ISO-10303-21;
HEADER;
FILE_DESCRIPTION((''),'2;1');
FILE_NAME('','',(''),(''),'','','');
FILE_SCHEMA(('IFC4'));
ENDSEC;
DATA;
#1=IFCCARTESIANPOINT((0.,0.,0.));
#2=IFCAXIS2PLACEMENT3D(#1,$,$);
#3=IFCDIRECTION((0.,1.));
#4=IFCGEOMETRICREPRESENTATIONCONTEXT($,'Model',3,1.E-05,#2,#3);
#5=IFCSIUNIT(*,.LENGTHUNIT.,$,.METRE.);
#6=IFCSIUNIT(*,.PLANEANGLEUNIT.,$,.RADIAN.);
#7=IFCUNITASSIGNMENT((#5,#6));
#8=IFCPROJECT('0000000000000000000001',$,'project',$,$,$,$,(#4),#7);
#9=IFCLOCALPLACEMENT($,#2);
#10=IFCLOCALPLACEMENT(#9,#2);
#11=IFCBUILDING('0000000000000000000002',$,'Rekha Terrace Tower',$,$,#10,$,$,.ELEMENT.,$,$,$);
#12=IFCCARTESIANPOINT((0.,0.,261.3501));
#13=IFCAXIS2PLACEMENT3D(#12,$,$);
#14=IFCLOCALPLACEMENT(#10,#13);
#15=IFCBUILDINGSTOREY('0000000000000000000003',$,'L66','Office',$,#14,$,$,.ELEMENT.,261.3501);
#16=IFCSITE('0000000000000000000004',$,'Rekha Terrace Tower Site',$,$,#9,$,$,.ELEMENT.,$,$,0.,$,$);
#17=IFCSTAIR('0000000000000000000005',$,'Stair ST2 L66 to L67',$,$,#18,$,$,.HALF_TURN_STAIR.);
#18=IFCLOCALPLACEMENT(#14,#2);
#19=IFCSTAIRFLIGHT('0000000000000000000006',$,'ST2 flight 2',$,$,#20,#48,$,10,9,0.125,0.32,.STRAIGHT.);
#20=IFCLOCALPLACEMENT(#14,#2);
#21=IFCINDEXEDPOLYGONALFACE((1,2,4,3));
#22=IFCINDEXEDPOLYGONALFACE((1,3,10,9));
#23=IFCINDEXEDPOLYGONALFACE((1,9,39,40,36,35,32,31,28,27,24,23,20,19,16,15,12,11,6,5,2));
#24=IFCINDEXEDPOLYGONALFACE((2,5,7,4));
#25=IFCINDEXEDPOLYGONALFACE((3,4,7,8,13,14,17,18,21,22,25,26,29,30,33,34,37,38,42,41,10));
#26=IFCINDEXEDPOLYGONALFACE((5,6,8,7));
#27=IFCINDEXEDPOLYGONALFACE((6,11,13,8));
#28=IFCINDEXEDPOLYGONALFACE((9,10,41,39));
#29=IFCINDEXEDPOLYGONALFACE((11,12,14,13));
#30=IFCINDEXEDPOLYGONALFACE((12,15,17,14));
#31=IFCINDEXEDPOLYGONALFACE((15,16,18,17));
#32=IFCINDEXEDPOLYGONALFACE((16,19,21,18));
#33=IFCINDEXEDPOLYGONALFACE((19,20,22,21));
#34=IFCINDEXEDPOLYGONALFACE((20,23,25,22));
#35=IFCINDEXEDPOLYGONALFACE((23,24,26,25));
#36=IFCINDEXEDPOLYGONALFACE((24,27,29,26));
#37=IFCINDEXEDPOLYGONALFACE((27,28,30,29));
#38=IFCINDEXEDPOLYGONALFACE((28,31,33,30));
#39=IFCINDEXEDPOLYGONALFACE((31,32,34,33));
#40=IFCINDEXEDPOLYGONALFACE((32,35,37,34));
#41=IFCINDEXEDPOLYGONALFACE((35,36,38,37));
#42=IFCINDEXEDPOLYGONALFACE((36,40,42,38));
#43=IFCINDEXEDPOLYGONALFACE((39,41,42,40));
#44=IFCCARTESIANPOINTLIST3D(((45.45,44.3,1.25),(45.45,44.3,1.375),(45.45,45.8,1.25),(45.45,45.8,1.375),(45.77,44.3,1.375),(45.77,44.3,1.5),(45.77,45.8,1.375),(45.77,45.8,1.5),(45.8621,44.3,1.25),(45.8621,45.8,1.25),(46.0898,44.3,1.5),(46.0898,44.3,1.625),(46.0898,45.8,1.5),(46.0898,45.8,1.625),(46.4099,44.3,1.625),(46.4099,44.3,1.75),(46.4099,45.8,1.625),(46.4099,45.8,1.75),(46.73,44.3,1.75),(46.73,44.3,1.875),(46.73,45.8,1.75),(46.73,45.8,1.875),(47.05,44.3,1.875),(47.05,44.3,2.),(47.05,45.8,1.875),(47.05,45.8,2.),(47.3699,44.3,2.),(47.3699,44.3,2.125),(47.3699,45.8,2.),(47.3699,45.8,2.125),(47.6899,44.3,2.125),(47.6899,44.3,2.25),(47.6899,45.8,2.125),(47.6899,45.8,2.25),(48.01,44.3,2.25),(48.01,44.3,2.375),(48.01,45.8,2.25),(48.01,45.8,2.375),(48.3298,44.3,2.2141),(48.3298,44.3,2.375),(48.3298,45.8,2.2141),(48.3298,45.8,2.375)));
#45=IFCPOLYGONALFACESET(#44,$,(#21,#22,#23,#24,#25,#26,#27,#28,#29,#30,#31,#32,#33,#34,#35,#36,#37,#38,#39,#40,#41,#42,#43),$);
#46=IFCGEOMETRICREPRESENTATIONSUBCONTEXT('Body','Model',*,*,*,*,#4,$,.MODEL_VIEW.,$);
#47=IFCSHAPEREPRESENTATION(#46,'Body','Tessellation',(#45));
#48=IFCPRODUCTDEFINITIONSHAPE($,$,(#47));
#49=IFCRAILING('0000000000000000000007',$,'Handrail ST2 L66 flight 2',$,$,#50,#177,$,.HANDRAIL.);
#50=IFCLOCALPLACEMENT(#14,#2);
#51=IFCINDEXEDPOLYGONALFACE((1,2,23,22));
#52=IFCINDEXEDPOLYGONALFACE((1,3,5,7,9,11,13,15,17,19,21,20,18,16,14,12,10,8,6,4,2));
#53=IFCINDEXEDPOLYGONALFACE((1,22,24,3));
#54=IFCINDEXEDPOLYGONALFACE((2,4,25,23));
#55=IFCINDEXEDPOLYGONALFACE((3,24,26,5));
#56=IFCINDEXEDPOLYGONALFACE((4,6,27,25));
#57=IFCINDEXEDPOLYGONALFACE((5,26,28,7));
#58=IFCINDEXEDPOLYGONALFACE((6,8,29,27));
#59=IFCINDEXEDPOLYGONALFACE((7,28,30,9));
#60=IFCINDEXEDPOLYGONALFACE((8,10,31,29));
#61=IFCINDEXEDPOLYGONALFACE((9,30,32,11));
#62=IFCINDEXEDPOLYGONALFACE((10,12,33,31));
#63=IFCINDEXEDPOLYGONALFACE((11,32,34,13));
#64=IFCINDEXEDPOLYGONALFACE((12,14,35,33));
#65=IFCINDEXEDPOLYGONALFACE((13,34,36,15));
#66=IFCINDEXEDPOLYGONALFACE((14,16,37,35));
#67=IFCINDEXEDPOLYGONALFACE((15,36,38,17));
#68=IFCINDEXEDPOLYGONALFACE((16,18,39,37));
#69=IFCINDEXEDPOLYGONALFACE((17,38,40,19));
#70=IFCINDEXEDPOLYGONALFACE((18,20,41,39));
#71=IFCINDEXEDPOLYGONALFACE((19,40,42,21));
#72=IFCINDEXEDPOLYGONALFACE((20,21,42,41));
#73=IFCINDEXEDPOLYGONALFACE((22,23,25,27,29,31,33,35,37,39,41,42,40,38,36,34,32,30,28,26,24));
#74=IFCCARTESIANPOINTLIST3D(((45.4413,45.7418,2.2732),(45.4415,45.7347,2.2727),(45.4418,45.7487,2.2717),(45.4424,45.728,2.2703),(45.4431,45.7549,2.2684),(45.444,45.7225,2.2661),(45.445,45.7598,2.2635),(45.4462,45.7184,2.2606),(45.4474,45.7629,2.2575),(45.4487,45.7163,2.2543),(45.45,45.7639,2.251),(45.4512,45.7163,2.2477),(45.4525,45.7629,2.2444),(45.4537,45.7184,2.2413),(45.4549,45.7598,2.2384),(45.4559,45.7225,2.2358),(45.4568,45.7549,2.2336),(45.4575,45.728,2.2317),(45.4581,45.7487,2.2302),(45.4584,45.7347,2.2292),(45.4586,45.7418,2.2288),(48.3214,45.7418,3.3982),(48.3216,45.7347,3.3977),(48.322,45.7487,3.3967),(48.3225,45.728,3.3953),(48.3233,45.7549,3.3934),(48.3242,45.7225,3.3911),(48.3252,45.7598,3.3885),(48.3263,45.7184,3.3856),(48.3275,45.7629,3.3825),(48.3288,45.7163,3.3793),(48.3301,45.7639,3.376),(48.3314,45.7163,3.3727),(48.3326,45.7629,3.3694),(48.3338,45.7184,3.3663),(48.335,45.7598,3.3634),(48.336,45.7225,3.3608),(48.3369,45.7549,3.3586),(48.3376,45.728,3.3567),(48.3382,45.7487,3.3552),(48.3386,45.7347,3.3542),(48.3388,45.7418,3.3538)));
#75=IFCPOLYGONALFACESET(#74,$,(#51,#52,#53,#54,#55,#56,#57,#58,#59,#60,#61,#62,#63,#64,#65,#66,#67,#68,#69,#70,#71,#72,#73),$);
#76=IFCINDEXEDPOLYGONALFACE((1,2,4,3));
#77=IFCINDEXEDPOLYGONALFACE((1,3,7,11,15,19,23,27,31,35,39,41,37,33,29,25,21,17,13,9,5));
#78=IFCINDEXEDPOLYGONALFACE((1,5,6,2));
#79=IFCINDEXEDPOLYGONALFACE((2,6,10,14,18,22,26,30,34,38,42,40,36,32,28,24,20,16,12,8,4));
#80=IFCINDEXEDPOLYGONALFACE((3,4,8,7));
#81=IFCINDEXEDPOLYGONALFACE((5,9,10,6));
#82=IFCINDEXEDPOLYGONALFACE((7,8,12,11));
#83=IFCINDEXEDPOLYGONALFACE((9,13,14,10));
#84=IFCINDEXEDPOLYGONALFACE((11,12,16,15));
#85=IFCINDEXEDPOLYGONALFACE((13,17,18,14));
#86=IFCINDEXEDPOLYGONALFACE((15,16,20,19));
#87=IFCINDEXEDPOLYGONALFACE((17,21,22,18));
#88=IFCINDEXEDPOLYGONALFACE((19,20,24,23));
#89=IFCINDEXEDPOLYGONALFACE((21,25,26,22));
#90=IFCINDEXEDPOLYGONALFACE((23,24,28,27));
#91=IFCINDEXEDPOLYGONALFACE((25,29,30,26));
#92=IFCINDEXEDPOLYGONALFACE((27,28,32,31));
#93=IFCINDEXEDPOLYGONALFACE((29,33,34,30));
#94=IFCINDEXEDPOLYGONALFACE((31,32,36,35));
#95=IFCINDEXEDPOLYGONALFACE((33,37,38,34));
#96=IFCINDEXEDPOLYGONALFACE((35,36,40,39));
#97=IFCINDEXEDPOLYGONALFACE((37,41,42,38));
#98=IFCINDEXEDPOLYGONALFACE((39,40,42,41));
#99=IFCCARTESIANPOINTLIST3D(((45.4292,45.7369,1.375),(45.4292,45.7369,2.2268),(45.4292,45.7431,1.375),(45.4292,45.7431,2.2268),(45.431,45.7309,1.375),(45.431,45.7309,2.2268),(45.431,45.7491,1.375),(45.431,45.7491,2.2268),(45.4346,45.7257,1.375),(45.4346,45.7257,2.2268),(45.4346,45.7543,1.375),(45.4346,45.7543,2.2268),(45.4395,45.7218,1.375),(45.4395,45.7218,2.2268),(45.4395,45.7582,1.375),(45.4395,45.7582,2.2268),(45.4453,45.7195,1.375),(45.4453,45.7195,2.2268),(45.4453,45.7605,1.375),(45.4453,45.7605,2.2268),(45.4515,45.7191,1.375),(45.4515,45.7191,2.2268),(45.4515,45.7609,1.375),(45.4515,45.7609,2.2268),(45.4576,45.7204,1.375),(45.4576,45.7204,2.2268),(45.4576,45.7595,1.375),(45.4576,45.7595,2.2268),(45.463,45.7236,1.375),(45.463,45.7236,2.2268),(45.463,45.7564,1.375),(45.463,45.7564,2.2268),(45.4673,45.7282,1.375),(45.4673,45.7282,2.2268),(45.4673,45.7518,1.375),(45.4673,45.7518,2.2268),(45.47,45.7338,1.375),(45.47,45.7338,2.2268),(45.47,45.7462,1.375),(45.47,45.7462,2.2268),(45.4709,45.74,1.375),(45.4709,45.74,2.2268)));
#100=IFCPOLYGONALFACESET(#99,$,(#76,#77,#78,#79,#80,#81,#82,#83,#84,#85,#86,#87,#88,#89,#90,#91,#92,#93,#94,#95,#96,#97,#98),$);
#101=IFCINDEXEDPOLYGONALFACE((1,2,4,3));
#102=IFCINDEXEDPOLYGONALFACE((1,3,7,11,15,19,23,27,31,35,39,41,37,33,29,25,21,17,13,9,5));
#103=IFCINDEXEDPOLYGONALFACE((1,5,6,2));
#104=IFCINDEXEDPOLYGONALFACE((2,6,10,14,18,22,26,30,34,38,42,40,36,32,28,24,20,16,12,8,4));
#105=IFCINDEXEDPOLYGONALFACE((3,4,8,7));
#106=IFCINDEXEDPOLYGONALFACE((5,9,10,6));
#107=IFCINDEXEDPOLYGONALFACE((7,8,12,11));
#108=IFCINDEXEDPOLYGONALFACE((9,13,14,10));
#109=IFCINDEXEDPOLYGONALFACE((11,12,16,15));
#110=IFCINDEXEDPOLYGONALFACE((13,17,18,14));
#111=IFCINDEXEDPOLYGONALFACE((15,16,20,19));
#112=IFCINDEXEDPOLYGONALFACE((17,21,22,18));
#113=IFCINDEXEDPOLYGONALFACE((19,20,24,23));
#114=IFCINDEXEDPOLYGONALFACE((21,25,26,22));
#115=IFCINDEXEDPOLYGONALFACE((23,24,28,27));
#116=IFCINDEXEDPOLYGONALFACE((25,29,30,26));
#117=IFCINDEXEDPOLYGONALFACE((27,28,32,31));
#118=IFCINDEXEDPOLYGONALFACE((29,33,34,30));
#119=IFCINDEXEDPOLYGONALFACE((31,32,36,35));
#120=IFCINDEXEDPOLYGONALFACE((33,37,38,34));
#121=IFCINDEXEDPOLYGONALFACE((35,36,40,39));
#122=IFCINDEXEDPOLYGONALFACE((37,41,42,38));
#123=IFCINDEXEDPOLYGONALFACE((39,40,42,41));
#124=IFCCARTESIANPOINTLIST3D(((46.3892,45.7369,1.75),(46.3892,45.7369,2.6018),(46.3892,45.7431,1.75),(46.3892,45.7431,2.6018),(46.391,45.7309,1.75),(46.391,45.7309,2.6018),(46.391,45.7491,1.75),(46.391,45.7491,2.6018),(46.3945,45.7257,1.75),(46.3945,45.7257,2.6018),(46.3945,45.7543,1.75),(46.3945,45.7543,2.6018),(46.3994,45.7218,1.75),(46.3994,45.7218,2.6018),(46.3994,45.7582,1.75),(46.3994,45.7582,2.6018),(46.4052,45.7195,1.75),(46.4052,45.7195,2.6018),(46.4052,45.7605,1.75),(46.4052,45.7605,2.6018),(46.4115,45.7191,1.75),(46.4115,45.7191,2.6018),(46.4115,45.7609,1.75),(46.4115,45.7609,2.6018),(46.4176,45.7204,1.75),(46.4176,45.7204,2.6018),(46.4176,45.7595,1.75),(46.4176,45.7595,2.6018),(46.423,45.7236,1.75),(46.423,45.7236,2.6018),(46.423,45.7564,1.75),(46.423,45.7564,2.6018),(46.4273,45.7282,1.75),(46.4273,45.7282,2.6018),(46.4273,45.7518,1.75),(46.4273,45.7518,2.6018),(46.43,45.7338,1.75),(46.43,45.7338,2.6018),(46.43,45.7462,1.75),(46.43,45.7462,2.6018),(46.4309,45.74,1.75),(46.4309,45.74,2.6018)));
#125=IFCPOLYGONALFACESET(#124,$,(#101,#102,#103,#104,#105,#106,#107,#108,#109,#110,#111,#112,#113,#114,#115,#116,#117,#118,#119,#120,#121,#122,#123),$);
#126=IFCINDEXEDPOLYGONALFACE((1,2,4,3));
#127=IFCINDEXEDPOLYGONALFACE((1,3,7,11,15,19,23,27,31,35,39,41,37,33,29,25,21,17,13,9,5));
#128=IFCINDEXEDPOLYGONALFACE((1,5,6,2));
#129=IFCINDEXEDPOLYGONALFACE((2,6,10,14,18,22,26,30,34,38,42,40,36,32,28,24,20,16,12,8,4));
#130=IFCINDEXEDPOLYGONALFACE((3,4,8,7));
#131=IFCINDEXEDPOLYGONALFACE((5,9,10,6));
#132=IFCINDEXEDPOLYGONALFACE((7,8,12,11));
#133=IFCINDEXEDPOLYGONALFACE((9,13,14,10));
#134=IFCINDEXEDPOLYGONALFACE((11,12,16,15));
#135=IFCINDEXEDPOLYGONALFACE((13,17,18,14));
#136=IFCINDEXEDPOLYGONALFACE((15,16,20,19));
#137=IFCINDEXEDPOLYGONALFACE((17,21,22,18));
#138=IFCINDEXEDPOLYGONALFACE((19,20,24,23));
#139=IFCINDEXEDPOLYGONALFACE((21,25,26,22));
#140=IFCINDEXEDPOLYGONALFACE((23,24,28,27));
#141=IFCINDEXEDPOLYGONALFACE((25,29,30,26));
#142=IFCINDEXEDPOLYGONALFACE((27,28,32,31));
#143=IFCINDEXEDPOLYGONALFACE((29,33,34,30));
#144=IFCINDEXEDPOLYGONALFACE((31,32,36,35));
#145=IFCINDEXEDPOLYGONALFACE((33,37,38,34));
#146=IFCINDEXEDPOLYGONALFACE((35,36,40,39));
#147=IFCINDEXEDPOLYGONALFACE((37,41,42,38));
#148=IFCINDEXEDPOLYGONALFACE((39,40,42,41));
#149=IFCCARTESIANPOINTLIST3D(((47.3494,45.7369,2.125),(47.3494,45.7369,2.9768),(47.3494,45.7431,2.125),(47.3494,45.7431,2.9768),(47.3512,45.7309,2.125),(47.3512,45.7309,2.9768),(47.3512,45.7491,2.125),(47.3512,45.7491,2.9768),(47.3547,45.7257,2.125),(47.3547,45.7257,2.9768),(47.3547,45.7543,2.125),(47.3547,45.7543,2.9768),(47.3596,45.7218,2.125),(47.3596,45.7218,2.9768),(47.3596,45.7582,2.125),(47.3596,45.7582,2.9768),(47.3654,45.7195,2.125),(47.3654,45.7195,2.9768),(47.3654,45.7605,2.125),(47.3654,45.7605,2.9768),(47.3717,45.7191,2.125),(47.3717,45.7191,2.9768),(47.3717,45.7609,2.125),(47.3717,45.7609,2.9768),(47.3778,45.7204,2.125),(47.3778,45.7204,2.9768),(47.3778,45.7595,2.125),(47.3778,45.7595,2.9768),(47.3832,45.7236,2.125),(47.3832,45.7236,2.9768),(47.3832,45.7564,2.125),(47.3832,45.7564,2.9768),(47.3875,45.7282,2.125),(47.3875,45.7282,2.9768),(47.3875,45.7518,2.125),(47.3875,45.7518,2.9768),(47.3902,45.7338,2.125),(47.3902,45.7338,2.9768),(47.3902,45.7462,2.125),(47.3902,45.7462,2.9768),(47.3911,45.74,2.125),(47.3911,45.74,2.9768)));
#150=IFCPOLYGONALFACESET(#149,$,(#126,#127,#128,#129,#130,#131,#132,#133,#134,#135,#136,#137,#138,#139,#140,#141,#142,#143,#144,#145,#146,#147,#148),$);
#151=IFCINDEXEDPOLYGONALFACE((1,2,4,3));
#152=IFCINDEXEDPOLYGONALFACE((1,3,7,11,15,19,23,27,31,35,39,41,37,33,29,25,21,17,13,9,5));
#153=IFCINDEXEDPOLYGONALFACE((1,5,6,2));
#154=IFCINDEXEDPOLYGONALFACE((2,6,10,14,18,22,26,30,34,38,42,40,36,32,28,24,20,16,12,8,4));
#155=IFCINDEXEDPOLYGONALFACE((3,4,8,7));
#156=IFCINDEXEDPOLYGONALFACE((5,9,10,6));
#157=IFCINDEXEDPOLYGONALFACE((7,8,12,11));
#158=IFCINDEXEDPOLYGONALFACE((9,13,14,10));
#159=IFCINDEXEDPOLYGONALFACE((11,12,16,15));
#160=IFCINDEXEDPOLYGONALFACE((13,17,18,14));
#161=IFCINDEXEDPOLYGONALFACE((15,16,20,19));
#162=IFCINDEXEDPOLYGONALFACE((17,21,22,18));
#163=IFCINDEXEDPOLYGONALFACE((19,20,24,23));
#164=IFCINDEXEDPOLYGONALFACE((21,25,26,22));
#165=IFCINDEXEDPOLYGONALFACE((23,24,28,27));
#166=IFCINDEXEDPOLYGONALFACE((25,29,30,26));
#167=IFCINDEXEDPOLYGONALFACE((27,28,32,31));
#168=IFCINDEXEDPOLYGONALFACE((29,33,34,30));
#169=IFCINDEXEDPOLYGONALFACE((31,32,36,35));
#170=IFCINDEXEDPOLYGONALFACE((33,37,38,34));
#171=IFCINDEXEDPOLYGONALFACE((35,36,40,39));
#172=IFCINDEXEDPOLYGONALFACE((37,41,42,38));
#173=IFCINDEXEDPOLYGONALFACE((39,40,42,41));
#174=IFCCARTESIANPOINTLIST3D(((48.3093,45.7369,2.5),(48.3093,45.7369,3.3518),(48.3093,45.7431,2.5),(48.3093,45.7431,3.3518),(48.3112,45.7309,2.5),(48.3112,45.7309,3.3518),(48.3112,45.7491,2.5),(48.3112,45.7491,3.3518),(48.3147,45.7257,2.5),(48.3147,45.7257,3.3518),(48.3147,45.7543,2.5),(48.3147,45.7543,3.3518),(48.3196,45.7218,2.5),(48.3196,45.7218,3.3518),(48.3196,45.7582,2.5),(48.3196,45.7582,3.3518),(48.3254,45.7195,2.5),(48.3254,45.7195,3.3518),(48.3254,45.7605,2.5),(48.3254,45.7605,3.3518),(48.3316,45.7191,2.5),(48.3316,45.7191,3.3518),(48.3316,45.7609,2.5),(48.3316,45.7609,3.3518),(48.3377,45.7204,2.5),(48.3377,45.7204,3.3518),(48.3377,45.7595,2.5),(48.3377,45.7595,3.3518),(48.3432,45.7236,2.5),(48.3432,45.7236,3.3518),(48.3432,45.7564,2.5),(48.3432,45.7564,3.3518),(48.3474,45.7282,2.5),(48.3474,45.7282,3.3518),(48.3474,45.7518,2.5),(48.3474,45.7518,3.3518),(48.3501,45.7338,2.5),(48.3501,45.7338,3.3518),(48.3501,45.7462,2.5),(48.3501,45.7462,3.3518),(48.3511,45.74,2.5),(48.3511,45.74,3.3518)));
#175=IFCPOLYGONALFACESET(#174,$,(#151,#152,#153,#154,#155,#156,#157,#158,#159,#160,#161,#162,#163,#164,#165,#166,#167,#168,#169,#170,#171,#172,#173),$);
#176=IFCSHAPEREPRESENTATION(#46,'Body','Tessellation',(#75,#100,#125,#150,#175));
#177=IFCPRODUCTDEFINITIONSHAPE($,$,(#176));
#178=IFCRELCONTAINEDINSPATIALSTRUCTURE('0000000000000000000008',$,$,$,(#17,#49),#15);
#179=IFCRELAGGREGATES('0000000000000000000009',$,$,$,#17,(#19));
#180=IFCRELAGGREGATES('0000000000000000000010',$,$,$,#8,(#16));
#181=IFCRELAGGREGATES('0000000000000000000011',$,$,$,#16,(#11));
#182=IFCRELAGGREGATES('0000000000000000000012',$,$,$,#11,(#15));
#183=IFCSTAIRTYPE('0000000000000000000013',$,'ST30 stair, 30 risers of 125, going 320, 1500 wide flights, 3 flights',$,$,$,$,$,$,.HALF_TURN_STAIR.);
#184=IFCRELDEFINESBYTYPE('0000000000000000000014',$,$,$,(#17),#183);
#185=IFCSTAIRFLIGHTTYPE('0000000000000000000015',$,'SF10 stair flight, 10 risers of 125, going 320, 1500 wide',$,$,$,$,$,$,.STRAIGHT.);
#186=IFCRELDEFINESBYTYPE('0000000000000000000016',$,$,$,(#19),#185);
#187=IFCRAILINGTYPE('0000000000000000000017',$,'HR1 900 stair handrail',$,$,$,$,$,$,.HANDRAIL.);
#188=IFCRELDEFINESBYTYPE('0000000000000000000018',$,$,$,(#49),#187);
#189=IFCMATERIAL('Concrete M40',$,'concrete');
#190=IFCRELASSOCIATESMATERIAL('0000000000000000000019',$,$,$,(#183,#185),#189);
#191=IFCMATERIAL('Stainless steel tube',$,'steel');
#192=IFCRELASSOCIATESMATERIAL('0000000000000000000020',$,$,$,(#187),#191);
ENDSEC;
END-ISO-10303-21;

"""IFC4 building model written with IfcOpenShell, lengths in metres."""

from ifc_helpers import new_model, si_unit, direction, frame, origin, origin_2d, place, context, subcontext, project, spatial, polyline, circle, outline, extrude, material, type_object, element, aggregate, save


model = new_model("IFC4")

# Units and contexts
model_context = context("Model", 3, precision=1e-05, world=origin(), true_north=direction((0.0, 1.0)))
body_context = subcontext(model_context, "Body", "Model", "MODEL_VIEW")
ifc_project = project(units=[si_unit("LENGTHUNIT", "METRE"), si_unit("PLANEANGLEUNIT", "RADIAN")], contexts=[model_context])

# Site, building, storey
site_placement = place(None, origin())
site = spatial("IfcSite", under=ifc_project, at=site_placement, Name="Rekha Terrace Tower Site", CompositionType="ELEMENT", RefElevation=0.0)
building_placement = place(site_placement, origin())
building = spatial("IfcBuilding", under=site, at=building_placement, Name="Rekha Terrace Tower", CompositionType="ELEMENT")
storey_placement = place(building_placement, frame((0.0, 0.0, 261.3501)))
storey = spatial("IfcBuildingStorey", under=building, at=storey_placement, Name="L66", Description="Office", CompositionType="ELEMENT", Elevation=261.3501)

# Stair, stair flight
ifc_material_1 = material(Name="Concrete M40", Category="concrete")
stair_type = type_object("IfcStairType", Name="ST30 stair, 30 risers of 125, going 320, 1500 wide flights, 3 flights", PredefinedType="HALF_TURN_STAIR", material=ifc_material_1)
stair_placement = place(storey_placement, origin())
stair = element("IfcStair", 1, at=stair_placement, inside=storey, type_object=stair_type, Name="Stair ST2 L66 to L67", PredefinedType="HALF_TURN_STAIR")
stair_flight_type = type_object("IfcStairFlightType", Name="SF10 stair flight, 10 risers of 125, going 320, 1500 wide", PredefinedType="STRAIGHT", material=ifc_material_1)
stair_flight_placement = place(storey_placement, frame((45.45, 45.05, 1.25), z_axis=(0.0, 0.0, 1.0), x_axis=(1.0, 0.0, 0.0)))
stair_flight = element("IfcStairFlight", 2, at=stair_flight_placement, type_object=stair_flight_type, Name="ST2 flight 2", NumberOfRisers=10, NumberOfTreads=9, PredefinedType="STRAIGHT", RiserHeight=0.125, TreadLength=0.32, context=body_context, shape_type="SweptSolid", body=[
    extrude(outline(polyline([(0.0, 0.0), (0.0, 0.125), (0.3201, 0.125), (0.3201, 0.25), (0.6399, 0.25), (0.6399, 0.375), (0.96, 0.375), (0.96, 0.5), (1.28, 0.5), (1.28, 0.625), (1.6001, 0.625), (1.6001, 0.75), (1.9199, 0.75), (1.9199, 0.875), (2.24, 0.875), (2.24, 1.0), (2.5601, 1.0), (2.5601, 1.125), (2.8799, 1.125), (2.8799, 1.25), (2.8799, 0.9641), (0.4121, 0.0), (0.0, 0.0)])), frame((0.0, 0.75, 0.0), z_axis=(0.0, -1.0, 0.0), x_axis=(1.0, 0.0, 0.0)), (0.0, 0.0, 1.0), 1.5),
])
aggregate(stair, [stair_flight])

# Railing
ifc_material_2 = material(Name="Stainless steel tube", Category="steel")
railing_type = type_object("IfcRailingType", Name="HR1 900 stair handrail", PredefinedType="HANDRAIL", material=ifc_material_2)
railing_placement = place(storey_placement, frame((45.45, 45.74, 1.375)))
element("IfcRailing", 3, at=railing_placement, inside=storey, type_object=railing_type, Name="Handrail ST2 L66 flight 2", PredefinedType="HANDRAIL", context=body_context, shape_type="SweptSolid", body=[
    extrude(circle(Radius=0.0239, at=origin_2d()), frame((0.0, 0.0, 0.876), z_axis=(0.931463, 0.0, 0.363837), x_axis=(0.0, 1.0, 0.0)), (0.0, 0.0, 1.0), 3.092),
    extrude(circle(Radius=0.021, at=origin_2d()), origin(), (0.0, 0.0, 1.0), 0.8518),
    extrude(circle(Radius=0.021, at=origin_2d()), frame((0.96, 0.0, 0.375)), (0.0, 0.0, 1.0), 0.8518),
    extrude(circle(Radius=0.021, at=origin_2d()), frame((1.9202, 0.0, 0.75)), (0.0, 0.0, 1.0), 0.8518),
    extrude(circle(Radius=0.021, at=origin_2d()), frame((2.8801, 0.0, 1.125)), (0.0, 0.0, 1.0), 0.8518),
])

save(model, "model.ifc")
